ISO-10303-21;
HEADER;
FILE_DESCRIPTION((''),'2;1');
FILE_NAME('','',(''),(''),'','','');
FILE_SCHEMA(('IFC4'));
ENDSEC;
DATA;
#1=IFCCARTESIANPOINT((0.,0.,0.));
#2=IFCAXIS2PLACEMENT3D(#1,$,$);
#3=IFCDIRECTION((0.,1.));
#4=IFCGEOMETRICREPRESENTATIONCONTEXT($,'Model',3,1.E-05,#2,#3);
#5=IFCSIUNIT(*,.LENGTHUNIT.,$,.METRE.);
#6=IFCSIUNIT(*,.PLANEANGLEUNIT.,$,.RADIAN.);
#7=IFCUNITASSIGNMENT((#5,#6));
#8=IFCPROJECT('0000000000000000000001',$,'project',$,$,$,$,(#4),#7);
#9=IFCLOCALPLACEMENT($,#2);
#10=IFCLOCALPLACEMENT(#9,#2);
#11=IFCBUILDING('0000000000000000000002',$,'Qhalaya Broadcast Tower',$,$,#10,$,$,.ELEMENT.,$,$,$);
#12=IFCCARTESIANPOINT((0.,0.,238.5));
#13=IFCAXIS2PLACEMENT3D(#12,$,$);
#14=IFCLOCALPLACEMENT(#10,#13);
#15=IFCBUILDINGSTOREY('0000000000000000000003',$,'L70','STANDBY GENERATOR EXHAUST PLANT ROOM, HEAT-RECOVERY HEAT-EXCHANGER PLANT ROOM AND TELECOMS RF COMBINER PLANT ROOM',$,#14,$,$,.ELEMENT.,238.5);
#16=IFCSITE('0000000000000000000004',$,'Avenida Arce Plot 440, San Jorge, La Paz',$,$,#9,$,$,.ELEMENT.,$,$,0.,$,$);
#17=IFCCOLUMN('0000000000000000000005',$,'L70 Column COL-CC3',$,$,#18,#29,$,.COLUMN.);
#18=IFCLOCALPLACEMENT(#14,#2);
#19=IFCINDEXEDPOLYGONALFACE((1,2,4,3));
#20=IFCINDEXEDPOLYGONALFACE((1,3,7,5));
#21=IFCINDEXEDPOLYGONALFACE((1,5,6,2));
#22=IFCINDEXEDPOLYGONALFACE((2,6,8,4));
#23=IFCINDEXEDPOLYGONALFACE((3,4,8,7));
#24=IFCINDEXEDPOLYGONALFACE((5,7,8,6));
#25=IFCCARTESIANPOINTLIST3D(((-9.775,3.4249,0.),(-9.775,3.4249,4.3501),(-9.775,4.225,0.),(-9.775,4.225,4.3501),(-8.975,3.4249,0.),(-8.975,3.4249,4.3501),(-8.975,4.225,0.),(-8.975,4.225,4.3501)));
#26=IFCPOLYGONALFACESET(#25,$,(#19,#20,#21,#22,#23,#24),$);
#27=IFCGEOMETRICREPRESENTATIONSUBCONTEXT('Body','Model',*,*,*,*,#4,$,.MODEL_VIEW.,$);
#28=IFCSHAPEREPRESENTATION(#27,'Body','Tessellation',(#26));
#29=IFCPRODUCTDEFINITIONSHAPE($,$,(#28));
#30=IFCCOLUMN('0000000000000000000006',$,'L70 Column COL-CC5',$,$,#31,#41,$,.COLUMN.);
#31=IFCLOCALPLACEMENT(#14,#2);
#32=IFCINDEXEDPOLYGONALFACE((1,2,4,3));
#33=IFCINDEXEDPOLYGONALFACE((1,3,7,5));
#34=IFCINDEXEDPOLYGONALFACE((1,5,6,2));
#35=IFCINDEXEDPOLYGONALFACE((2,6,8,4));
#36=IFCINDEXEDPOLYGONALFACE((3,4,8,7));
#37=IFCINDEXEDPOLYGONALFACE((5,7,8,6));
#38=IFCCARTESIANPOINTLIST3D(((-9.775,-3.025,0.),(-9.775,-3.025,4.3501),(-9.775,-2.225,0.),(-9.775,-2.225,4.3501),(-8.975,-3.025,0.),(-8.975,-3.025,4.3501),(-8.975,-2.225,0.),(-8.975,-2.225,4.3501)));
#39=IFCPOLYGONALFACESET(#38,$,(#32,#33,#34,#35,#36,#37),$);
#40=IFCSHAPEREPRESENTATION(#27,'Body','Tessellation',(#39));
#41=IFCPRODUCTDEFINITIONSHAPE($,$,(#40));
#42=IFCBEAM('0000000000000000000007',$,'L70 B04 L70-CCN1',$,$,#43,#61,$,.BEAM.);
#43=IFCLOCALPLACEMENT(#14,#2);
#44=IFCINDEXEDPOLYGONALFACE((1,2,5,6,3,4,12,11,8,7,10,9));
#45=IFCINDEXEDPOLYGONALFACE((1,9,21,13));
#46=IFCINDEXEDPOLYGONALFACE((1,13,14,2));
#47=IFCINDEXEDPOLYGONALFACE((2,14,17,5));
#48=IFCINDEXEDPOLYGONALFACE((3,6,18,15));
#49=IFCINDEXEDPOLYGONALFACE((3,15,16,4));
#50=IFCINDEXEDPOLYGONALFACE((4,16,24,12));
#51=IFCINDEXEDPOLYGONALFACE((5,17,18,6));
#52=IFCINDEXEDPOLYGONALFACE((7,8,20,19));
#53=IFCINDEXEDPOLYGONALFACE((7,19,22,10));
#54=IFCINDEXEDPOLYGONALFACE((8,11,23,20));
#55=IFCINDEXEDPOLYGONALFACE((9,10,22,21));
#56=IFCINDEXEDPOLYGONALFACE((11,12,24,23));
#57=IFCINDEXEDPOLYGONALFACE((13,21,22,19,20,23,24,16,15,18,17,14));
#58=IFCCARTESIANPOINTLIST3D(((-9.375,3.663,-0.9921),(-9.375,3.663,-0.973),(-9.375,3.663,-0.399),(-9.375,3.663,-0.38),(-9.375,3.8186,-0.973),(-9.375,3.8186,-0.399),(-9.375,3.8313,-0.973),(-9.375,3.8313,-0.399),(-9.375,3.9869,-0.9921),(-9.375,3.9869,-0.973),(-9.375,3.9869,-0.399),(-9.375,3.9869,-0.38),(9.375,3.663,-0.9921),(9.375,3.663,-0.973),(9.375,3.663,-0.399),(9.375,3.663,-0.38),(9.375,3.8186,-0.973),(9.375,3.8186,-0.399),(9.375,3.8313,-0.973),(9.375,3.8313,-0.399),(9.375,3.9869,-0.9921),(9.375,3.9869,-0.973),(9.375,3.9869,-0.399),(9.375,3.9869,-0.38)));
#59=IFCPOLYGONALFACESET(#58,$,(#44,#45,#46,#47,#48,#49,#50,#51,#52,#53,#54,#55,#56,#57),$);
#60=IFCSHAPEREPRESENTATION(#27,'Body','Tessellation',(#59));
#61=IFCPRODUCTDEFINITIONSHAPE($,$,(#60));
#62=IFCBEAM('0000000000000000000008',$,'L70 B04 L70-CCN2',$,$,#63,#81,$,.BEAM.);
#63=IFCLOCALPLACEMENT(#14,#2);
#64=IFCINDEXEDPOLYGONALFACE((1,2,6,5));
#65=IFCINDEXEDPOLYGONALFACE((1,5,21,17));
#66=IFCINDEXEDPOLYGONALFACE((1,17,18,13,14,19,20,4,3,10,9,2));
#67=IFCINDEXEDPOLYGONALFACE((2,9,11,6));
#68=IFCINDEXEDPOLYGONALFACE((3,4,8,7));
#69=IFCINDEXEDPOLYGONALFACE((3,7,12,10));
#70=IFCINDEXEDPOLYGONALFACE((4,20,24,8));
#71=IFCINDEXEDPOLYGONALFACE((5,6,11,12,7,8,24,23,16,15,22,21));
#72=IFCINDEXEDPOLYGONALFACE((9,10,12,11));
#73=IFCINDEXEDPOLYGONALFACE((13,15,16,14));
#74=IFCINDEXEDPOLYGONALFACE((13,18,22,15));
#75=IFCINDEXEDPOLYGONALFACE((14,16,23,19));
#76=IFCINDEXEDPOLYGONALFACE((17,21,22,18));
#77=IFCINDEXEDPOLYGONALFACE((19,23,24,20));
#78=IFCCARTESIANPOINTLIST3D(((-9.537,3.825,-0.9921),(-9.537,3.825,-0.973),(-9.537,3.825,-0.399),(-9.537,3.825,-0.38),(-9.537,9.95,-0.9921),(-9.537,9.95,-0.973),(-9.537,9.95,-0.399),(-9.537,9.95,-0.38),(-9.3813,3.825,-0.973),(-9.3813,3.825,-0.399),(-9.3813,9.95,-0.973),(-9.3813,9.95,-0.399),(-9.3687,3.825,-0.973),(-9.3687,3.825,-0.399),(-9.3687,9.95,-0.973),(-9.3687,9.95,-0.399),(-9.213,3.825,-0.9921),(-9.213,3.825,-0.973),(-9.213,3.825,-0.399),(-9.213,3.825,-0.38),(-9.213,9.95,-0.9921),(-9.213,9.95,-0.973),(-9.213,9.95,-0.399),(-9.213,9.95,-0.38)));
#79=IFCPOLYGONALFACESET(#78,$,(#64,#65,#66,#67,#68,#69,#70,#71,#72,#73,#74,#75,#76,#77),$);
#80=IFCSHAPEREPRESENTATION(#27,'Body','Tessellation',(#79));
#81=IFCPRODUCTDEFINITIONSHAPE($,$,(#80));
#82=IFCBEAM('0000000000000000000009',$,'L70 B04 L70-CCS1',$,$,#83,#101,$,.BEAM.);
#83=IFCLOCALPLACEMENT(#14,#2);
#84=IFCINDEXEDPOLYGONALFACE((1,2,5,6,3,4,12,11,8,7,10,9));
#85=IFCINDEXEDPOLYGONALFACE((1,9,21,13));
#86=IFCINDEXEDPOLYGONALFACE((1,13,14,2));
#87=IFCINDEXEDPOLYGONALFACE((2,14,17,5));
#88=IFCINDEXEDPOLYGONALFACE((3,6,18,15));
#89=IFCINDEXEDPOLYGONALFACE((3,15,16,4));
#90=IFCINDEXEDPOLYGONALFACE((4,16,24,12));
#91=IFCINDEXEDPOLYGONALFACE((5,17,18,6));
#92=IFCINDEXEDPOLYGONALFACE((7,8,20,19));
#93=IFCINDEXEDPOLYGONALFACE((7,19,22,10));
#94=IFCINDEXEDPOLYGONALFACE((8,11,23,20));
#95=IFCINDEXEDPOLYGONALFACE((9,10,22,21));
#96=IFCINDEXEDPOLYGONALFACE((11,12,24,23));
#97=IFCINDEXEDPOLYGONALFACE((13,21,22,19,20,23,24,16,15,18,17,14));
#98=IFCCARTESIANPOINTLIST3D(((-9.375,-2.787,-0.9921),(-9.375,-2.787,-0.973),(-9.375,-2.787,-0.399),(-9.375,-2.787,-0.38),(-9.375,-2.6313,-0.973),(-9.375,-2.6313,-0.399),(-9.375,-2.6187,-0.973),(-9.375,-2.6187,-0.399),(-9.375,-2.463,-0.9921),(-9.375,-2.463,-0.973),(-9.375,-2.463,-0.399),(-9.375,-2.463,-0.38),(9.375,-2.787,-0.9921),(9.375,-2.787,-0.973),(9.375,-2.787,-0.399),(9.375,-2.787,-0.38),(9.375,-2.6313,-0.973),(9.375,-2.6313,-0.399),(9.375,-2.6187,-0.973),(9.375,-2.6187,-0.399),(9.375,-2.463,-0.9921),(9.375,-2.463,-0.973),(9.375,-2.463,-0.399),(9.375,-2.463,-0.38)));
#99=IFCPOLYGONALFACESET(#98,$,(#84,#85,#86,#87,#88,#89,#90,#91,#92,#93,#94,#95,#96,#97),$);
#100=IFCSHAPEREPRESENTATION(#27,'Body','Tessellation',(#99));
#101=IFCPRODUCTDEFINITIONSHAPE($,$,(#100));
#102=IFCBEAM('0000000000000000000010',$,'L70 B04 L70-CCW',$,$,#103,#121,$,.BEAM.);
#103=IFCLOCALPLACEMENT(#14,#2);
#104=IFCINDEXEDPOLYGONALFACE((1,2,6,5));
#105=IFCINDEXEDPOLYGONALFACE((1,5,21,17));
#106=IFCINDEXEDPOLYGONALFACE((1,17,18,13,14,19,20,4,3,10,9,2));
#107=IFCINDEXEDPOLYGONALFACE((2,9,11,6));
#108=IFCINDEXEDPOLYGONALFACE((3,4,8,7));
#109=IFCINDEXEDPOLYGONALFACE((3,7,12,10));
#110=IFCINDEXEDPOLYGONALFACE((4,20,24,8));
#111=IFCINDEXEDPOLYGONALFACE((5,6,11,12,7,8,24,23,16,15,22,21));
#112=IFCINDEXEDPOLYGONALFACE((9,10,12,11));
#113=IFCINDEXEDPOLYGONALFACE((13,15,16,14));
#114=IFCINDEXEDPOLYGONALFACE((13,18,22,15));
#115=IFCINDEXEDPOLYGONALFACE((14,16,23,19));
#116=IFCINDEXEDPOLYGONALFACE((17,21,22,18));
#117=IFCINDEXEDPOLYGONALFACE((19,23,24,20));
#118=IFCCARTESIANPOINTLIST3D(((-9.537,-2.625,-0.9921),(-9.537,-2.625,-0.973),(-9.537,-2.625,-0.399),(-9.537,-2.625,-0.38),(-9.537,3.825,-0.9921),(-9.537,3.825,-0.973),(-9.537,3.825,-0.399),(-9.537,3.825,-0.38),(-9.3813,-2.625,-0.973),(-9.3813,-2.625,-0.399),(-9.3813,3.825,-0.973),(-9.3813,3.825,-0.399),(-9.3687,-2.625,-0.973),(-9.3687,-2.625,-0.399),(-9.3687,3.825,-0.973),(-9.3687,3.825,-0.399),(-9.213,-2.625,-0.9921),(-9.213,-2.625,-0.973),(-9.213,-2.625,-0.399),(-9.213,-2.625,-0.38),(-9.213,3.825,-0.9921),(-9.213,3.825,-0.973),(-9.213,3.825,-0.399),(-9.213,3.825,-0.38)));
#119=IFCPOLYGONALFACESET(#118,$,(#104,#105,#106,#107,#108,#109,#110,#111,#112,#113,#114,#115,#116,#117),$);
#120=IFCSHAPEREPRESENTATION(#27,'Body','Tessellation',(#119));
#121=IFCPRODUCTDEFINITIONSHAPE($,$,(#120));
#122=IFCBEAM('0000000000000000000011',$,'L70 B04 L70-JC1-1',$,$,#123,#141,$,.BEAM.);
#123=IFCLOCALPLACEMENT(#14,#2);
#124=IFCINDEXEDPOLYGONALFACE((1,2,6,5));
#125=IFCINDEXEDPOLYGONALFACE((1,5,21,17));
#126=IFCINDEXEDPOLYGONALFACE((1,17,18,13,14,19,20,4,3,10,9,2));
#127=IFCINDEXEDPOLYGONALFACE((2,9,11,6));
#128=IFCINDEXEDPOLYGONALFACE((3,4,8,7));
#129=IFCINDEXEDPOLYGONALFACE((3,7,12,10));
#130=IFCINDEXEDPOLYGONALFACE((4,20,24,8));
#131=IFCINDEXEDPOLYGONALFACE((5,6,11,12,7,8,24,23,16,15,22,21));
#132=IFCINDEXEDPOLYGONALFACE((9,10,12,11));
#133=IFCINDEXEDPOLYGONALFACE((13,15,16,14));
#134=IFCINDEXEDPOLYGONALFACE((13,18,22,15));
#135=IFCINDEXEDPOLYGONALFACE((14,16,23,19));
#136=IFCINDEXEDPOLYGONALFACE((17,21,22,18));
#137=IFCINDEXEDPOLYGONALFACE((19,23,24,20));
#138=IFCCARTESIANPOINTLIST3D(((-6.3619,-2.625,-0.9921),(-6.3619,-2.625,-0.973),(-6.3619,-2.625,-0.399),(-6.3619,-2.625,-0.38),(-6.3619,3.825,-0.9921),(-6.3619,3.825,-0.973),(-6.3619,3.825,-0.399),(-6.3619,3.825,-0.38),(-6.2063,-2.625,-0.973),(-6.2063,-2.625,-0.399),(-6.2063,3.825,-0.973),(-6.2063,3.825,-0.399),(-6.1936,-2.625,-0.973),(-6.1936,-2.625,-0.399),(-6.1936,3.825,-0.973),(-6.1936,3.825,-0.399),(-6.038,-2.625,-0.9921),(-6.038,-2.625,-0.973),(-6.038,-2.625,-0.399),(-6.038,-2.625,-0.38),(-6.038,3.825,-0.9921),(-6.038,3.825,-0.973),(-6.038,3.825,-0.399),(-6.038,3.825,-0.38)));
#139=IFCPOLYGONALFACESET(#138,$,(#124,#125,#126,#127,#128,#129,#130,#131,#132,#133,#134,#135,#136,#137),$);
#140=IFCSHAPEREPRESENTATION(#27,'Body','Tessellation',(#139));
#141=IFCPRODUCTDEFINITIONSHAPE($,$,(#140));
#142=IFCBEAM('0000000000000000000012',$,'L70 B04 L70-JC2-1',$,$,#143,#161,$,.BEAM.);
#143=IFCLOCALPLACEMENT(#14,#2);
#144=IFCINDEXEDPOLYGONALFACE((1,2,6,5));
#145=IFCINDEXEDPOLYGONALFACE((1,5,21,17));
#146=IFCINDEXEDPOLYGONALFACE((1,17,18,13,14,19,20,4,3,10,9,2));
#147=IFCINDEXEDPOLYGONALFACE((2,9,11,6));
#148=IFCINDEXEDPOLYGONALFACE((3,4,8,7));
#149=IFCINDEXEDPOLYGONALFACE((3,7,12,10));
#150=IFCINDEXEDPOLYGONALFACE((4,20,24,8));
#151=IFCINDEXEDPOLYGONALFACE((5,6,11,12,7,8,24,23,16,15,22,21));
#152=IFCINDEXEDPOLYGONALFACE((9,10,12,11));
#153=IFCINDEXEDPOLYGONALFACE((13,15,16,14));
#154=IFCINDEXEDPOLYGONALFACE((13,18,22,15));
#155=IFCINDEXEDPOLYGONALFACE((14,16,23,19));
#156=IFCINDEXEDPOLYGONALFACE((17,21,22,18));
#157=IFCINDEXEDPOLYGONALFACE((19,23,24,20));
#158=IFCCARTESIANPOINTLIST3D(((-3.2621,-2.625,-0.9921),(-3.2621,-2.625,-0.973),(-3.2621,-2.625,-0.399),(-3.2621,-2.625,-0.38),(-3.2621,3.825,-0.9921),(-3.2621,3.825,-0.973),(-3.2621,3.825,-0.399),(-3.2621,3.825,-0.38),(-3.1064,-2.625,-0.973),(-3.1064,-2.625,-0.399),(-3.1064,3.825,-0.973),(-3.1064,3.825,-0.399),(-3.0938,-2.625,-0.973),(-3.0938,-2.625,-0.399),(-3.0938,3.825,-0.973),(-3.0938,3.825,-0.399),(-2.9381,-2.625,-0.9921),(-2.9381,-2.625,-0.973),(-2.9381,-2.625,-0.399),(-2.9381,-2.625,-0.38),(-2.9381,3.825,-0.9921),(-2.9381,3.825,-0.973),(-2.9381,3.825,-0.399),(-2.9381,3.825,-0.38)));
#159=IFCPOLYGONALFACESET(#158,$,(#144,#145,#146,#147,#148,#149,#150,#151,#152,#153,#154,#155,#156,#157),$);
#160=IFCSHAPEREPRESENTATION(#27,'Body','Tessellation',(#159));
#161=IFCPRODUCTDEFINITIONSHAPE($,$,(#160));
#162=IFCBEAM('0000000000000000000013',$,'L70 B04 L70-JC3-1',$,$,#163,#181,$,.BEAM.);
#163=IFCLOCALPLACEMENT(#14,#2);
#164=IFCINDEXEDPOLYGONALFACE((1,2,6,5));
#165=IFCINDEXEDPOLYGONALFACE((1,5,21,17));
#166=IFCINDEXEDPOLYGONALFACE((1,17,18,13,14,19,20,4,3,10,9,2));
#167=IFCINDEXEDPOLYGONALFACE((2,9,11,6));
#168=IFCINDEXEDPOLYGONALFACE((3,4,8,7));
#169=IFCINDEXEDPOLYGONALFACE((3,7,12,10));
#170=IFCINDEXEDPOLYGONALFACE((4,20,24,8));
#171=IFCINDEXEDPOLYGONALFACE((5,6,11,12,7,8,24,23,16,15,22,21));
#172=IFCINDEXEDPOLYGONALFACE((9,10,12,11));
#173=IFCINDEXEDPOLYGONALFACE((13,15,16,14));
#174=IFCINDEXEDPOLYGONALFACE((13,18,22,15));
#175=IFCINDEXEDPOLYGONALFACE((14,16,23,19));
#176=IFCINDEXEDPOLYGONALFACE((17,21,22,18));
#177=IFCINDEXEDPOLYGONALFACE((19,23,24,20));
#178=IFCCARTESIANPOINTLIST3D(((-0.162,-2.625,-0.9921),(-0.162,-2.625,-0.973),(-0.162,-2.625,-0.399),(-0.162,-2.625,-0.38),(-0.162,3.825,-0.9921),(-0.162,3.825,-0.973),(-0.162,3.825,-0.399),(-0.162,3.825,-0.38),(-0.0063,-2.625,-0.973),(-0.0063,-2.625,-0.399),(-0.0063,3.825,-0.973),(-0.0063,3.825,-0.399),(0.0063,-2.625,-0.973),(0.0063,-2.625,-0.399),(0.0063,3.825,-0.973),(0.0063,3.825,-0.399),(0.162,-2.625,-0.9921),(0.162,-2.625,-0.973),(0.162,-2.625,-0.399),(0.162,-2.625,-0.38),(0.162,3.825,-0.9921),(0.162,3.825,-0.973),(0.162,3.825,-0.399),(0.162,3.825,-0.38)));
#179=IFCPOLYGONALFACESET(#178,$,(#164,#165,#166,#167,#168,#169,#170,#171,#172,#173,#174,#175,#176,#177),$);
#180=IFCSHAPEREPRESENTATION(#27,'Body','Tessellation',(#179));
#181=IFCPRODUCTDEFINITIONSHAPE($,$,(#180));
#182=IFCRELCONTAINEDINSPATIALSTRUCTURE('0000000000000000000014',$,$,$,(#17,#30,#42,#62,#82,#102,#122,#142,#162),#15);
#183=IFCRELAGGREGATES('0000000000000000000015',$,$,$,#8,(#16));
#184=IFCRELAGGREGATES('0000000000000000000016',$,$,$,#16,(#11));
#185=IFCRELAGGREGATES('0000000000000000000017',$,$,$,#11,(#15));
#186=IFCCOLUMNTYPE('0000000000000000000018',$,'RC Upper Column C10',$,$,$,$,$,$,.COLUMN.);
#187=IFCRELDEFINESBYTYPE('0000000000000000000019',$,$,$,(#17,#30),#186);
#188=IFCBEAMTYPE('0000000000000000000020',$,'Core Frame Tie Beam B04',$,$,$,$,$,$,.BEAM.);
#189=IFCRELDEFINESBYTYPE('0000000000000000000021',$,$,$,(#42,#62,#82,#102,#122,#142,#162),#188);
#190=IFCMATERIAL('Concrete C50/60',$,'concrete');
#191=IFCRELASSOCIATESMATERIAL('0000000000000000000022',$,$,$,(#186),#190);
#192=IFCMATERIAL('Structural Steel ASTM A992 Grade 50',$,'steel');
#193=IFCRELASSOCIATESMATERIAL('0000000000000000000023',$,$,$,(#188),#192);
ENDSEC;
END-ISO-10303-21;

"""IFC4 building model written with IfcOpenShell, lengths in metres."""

from ifc_helpers import new_model, si_unit, direction, frame, origin, origin_2d, place, context, subcontext, project, spatial, rectangle, i_section, extrude, material, material_profile, profile_set, type_object, element, save


model = new_model("IFC4")

# Units and contexts
model_context = context("Model", 3, precision=1e-05, world=origin(), true_north=direction((0.0, 1.0)))
body_context = subcontext(model_context, "Body", "Model", "MODEL_VIEW")
ifc_project = project(units=[si_unit("LENGTHUNIT", "METRE"), si_unit("PLANEANGLEUNIT", "RADIAN")], contexts=[model_context])

# Site, building, storey
site_placement = place(None, origin())
site = spatial("IfcSite", under=ifc_project, at=site_placement, Name="Avenida Arce Plot 440, San Jorge, La Paz", CompositionType="ELEMENT", RefElevation=0.0)
building_placement = place(site_placement, origin())
building = spatial("IfcBuilding", under=site, at=building_placement, Name="Qhalaya Broadcast Tower", CompositionType="ELEMENT")
storey_placement = place(building_placement, frame((0.0, 0.0, 238.5)))
storey = spatial("IfcBuildingStorey", under=building, at=storey_placement, Name="L70", Description="STANDBY GENERATOR EXHAUST PLANT ROOM, HEAT-RECOVERY HEAT-EXCHANGER PLANT ROOM AND TELECOMS RF COMBINER PLANT ROOM", CompositionType="ELEMENT", Elevation=238.5)

# Columns
ifc_material_1 = material(Name="Concrete C50/60", Category="concrete")
ifc_material_profile_1 = material_profile(ifc_material_1, rectangle(XDim=0.8, YDim=0.8, at=origin_2d()), Name="RC-COL 800x800")
ifc_profile_set_1 = profile_set([ifc_material_profile_1], Name="Concrete C50/60")
column_type = type_object("IfcColumnType", Name="RC Upper Column C10", PredefinedType="COLUMN", material=ifc_profile_set_1)
for number, where, z_axis, x_axis, name in (
    (1, (-9.375, 3.825, 0.0), (0.0, 0.0, 1.0), (1.0, 0.0, 0.0), "L70 Column COL-CC3"),
    (2, (-9.375, -2.625, 0.0), (0.0, 0.0, 1.0), (1.0, 0.0, 0.0), "L70 Column COL-CC5"),
):
    element("IfcColumn", number, at=place(storey_placement, frame(where, z_axis=z_axis, x_axis=x_axis)), inside=storey, type_object=column_type, Name=name, PredefinedType="COLUMN", context=body_context, shape_type="SweptSolid", body=[
        extrude(rectangle(XDim=0.8, YDim=0.8, at=origin_2d()), origin(), (0.0, 0.0, 1.0), 4.3501),
    ])

# Beams
ifc_material_2 = material(Name="Structural Steel ASTM A992 Grade 50", Category="steel")
ifc_material_profile_2 = material_profile(ifc_material_2, i_section(OverallWidth=0.324, OverallDepth=0.6121, WebThickness=0.0127, FlangeThickness=0.019, at=origin_2d()), Name="W24X104")
ifc_profile_set_2 = profile_set([ifc_material_profile_2], Name="Structural Steel ASTM A992 Grade 50")
beam_type = type_object("IfcBeamType", Name="Core Frame Tie Beam B04", PredefinedType="BEAM", material=ifc_profile_set_2)
beam_1_placement = place(storey_placement, frame((-9.375, 3.825, -0.686), z_axis=(1.0, 0.0, 0.0), x_axis=(0.0, 1.0, 0.0)))
element("IfcBeam", 3, at=beam_1_placement, inside=storey, type_object=beam_type, Name="L70 B04 L70-CCN1", PredefinedType="BEAM", context=body_context, shape_type="SweptSolid", body=[
    extrude(i_section(OverallWidth=0.324, OverallDepth=0.6121, WebThickness=0.0127, FlangeThickness=0.019, at=origin_2d()), origin(), (0.0, 0.0, 1.0), 18.75),
])
beam_2_placement = place(storey_placement, frame((-9.375, 3.825, -0.686), z_axis=(0.0, 1.0, 0.0), x_axis=(-1.0, 0.0, 0.0)))
element("IfcBeam", 4, at=beam_2_placement, inside=storey, type_object=beam_type, Name="L70 B04 L70-CCN2", PredefinedType="BEAM", context=body_context, shape_type="SweptSolid", body=[
    extrude(i_section(OverallWidth=0.324, OverallDepth=0.6121, WebThickness=0.0127, FlangeThickness=0.019, at=origin_2d()), origin(), (0.0, 0.0, 1.0), 6.125),
])
beam_3_placement = place(storey_placement, frame((-9.375, -2.625, -0.686), z_axis=(1.0, 0.0, 0.0), x_axis=(0.0, 1.0, 0.0)))
element("IfcBeam", 5, at=beam_3_placement, inside=storey, type_object=beam_type, Name="L70 B04 L70-CCS1", PredefinedType="BEAM", context=body_context, shape_type="SweptSolid", body=[
    extrude(i_section(OverallWidth=0.324, OverallDepth=0.6121, WebThickness=0.0127, FlangeThickness=0.019, at=origin_2d()), origin(), (0.0, 0.0, 1.0), 18.75),
])
for number, where, z_axis, x_axis, name in (
    (6, (-9.375, -2.625, -0.686), (0.0, 1.0, 0.0), (-1.0, 0.0, 0.0), "L70 B04 L70-CCW"),
    (7, (-6.2, -2.625, -0.686), (0.0, 1.0, 0.0), (-1.0, 0.0, 0.0), "L70 B04 L70-JC1-1"),
    (8, (-3.1001, -2.625, -0.686), (0.0, 1.0, 0.0), (-1.0, 0.0, 0.0), "L70 B04 L70-JC2-1"),
    (9, (0.0, -2.625, -0.686), (0.0, 1.0, 0.0), (-1.0, 0.0, 0.0), "L70 B04 L70-JC3-1"),
):
    element("IfcBeam", number, at=place(storey_placement, frame(where, z_axis=z_axis, x_axis=x_axis)), inside=storey, type_object=beam_type, Name=name, PredefinedType="BEAM", context=body_context, shape_type="SweptSolid", body=[
        extrude(i_section(OverallWidth=0.324, OverallDepth=0.6121, WebThickness=0.0127, FlangeThickness=0.019, at=origin_2d()), origin(), (0.0, 0.0, 1.0), 6.45),
    ])

save(model, "model.ifc")
